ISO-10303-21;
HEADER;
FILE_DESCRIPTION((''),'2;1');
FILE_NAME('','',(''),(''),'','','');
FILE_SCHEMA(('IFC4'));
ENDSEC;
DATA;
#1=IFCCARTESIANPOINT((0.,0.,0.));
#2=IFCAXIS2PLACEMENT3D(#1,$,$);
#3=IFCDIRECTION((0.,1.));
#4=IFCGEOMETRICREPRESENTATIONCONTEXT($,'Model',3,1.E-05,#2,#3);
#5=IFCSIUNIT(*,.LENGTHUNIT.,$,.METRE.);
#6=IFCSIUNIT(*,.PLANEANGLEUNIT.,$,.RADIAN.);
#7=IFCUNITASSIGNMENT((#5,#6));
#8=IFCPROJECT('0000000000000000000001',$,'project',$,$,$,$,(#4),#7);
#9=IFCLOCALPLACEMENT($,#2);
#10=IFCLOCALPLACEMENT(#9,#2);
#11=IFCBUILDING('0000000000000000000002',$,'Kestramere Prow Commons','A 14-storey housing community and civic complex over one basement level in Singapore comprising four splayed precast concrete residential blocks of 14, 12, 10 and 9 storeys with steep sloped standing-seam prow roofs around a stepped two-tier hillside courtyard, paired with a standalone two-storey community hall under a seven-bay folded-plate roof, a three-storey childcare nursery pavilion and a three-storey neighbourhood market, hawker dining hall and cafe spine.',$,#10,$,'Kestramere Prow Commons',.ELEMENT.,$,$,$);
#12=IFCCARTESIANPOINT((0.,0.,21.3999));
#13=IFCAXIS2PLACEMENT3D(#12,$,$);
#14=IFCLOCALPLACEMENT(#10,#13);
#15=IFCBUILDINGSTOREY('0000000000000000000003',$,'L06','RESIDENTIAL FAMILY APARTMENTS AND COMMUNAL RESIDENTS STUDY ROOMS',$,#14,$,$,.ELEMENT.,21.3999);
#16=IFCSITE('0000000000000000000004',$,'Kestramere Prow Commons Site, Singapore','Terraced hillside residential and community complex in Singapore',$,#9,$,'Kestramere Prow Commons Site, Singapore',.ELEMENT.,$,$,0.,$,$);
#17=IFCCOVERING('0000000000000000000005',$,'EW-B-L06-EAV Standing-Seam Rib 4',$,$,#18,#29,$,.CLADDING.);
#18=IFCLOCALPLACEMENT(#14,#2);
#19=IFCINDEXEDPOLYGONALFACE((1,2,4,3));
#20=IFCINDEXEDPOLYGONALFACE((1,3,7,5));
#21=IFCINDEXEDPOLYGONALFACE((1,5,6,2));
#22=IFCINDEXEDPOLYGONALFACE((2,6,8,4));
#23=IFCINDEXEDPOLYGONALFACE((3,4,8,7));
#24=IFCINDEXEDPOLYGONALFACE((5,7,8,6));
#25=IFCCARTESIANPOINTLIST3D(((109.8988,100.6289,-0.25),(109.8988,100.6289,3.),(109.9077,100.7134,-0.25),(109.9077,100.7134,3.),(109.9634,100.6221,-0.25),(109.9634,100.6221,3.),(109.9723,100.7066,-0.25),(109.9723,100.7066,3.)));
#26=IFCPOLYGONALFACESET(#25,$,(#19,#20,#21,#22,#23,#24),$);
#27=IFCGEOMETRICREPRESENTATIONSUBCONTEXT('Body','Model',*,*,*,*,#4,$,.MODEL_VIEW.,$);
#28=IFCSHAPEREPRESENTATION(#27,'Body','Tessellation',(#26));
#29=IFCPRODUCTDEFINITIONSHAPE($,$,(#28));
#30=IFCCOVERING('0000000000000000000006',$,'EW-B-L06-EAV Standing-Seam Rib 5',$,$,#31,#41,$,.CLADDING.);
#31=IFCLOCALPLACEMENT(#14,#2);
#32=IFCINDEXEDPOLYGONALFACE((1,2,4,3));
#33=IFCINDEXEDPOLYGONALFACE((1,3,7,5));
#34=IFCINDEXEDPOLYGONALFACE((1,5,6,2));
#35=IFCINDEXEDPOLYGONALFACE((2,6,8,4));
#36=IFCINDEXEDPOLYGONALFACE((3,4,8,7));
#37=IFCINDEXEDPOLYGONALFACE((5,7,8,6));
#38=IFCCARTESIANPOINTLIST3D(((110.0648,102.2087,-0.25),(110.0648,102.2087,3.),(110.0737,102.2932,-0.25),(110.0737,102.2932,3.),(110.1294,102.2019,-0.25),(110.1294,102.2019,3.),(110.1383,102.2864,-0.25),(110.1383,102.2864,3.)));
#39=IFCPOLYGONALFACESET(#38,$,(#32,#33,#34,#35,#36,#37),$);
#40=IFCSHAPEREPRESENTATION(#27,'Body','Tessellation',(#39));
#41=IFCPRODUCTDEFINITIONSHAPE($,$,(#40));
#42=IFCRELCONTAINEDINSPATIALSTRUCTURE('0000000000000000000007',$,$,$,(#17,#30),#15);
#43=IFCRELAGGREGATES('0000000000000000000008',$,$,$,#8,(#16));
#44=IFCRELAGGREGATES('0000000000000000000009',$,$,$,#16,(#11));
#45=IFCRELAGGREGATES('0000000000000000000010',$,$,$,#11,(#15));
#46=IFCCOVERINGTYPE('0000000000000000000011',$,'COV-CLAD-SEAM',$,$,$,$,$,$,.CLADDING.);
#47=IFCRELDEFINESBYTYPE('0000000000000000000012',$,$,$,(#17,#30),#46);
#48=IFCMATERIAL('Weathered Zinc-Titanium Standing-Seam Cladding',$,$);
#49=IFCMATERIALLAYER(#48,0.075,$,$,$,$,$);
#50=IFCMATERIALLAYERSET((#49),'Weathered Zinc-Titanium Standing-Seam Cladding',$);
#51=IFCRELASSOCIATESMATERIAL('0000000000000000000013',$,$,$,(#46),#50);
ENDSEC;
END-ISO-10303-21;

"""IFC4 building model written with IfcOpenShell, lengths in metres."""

from ifc_helpers import new_model, si_unit, direction, frame, origin, origin_2d, place, context, subcontext, project, spatial, rectangle, extrude, material, layer, layer_set, type_object, element, save


model = new_model("IFC4")

# Units and contexts
model_context = context("Model", 3, precision=1e-05, world=origin(), true_north=direction((0.0, 1.0)))
body_context = subcontext(model_context, "Body", "Model", "MODEL_VIEW")
ifc_project = project(units=[si_unit("LENGTHUNIT", "METRE"), si_unit("PLANEANGLEUNIT", "RADIAN")], contexts=[model_context])

# Site, building, storey
site_placement = place(None, origin())
site = spatial("IfcSite", under=ifc_project, at=site_placement, Name="Kestramere Prow Commons Site, Singapore", Description="Terraced hillside residential and community complex in Singapore", LongName="Kestramere Prow Commons Site, Singapore", CompositionType="ELEMENT", RefElevation=0.0)
building_placement = place(site_placement, origin())
building = spatial("IfcBuilding", under=site, at=building_placement, Name="Kestramere Prow Commons", Description="A 14-storey housing community and civic complex over one basement level in Singapore comprising four splayed precast concrete residential blocks of 14, 12, 10 and 9 storeys with steep sloped standing-seam prow roofs around a stepped two-tier hillside courtyard, paired with a standalone two-storey community hall under a seven-bay folded-plate roof, a three-storey childcare nursery pavilion and a three-storey neighbourhood market, hawker dining hall and cafe spine.", LongName="Kestramere Prow Commons", CompositionType="ELEMENT")
storey_placement = place(building_placement, frame((0.0, 0.0, 21.3999)))
storey = spatial("IfcBuildingStorey", under=building, at=storey_placement, Name="L06", Description="RESIDENTIAL FAMILY APARTMENTS AND COMMUNAL RESIDENTS STUDY ROOMS", CompositionType="ELEMENT", Elevation=21.3999)

# Coverings
ifc_material_1 = material(Name="Weathered Zinc-Titanium Standing-Seam Cladding")
ifc_layer_1 = layer(ifc_material_1, 0.075)
ifc_layer_set_1 = layer_set([ifc_layer_1], Name="Weathered Zinc-Titanium Standing-Seam Cladding")
covering_type = type_object("IfcCoveringType", Name="COV-CLAD-SEAM", PredefinedType="CLADDING", material=ifc_layer_set_1)
for number, where, z_axis, x_axis, name in (
    (1, (109.9355, 100.6677, -0.25), (0.0, 0.0, 1.0), (0.104528, 0.994522, 0.0), "EW-B-L06-EAV Standing-Seam Rib 4"),
    (2, (110.1016, 102.2476, -0.25), (0.0, 0.0, 1.0), (0.104528, 0.994522, 0.0), "EW-B-L06-EAV Standing-Seam Rib 5"),
):
    element("IfcCovering", number, at=place(storey_placement, frame(where, z_axis=z_axis, x_axis=x_axis)), inside=storey, type_object=covering_type, Name=name, PredefinedType="CLADDING", context=body_context, shape_type="SweptSolid", body=[
        extrude(rectangle(XDim=0.085, YDim=0.0649, at=origin_2d()), origin(), (0.0, 0.0, 1.0), 3.25),
    ])

save(model, "model.ifc")
